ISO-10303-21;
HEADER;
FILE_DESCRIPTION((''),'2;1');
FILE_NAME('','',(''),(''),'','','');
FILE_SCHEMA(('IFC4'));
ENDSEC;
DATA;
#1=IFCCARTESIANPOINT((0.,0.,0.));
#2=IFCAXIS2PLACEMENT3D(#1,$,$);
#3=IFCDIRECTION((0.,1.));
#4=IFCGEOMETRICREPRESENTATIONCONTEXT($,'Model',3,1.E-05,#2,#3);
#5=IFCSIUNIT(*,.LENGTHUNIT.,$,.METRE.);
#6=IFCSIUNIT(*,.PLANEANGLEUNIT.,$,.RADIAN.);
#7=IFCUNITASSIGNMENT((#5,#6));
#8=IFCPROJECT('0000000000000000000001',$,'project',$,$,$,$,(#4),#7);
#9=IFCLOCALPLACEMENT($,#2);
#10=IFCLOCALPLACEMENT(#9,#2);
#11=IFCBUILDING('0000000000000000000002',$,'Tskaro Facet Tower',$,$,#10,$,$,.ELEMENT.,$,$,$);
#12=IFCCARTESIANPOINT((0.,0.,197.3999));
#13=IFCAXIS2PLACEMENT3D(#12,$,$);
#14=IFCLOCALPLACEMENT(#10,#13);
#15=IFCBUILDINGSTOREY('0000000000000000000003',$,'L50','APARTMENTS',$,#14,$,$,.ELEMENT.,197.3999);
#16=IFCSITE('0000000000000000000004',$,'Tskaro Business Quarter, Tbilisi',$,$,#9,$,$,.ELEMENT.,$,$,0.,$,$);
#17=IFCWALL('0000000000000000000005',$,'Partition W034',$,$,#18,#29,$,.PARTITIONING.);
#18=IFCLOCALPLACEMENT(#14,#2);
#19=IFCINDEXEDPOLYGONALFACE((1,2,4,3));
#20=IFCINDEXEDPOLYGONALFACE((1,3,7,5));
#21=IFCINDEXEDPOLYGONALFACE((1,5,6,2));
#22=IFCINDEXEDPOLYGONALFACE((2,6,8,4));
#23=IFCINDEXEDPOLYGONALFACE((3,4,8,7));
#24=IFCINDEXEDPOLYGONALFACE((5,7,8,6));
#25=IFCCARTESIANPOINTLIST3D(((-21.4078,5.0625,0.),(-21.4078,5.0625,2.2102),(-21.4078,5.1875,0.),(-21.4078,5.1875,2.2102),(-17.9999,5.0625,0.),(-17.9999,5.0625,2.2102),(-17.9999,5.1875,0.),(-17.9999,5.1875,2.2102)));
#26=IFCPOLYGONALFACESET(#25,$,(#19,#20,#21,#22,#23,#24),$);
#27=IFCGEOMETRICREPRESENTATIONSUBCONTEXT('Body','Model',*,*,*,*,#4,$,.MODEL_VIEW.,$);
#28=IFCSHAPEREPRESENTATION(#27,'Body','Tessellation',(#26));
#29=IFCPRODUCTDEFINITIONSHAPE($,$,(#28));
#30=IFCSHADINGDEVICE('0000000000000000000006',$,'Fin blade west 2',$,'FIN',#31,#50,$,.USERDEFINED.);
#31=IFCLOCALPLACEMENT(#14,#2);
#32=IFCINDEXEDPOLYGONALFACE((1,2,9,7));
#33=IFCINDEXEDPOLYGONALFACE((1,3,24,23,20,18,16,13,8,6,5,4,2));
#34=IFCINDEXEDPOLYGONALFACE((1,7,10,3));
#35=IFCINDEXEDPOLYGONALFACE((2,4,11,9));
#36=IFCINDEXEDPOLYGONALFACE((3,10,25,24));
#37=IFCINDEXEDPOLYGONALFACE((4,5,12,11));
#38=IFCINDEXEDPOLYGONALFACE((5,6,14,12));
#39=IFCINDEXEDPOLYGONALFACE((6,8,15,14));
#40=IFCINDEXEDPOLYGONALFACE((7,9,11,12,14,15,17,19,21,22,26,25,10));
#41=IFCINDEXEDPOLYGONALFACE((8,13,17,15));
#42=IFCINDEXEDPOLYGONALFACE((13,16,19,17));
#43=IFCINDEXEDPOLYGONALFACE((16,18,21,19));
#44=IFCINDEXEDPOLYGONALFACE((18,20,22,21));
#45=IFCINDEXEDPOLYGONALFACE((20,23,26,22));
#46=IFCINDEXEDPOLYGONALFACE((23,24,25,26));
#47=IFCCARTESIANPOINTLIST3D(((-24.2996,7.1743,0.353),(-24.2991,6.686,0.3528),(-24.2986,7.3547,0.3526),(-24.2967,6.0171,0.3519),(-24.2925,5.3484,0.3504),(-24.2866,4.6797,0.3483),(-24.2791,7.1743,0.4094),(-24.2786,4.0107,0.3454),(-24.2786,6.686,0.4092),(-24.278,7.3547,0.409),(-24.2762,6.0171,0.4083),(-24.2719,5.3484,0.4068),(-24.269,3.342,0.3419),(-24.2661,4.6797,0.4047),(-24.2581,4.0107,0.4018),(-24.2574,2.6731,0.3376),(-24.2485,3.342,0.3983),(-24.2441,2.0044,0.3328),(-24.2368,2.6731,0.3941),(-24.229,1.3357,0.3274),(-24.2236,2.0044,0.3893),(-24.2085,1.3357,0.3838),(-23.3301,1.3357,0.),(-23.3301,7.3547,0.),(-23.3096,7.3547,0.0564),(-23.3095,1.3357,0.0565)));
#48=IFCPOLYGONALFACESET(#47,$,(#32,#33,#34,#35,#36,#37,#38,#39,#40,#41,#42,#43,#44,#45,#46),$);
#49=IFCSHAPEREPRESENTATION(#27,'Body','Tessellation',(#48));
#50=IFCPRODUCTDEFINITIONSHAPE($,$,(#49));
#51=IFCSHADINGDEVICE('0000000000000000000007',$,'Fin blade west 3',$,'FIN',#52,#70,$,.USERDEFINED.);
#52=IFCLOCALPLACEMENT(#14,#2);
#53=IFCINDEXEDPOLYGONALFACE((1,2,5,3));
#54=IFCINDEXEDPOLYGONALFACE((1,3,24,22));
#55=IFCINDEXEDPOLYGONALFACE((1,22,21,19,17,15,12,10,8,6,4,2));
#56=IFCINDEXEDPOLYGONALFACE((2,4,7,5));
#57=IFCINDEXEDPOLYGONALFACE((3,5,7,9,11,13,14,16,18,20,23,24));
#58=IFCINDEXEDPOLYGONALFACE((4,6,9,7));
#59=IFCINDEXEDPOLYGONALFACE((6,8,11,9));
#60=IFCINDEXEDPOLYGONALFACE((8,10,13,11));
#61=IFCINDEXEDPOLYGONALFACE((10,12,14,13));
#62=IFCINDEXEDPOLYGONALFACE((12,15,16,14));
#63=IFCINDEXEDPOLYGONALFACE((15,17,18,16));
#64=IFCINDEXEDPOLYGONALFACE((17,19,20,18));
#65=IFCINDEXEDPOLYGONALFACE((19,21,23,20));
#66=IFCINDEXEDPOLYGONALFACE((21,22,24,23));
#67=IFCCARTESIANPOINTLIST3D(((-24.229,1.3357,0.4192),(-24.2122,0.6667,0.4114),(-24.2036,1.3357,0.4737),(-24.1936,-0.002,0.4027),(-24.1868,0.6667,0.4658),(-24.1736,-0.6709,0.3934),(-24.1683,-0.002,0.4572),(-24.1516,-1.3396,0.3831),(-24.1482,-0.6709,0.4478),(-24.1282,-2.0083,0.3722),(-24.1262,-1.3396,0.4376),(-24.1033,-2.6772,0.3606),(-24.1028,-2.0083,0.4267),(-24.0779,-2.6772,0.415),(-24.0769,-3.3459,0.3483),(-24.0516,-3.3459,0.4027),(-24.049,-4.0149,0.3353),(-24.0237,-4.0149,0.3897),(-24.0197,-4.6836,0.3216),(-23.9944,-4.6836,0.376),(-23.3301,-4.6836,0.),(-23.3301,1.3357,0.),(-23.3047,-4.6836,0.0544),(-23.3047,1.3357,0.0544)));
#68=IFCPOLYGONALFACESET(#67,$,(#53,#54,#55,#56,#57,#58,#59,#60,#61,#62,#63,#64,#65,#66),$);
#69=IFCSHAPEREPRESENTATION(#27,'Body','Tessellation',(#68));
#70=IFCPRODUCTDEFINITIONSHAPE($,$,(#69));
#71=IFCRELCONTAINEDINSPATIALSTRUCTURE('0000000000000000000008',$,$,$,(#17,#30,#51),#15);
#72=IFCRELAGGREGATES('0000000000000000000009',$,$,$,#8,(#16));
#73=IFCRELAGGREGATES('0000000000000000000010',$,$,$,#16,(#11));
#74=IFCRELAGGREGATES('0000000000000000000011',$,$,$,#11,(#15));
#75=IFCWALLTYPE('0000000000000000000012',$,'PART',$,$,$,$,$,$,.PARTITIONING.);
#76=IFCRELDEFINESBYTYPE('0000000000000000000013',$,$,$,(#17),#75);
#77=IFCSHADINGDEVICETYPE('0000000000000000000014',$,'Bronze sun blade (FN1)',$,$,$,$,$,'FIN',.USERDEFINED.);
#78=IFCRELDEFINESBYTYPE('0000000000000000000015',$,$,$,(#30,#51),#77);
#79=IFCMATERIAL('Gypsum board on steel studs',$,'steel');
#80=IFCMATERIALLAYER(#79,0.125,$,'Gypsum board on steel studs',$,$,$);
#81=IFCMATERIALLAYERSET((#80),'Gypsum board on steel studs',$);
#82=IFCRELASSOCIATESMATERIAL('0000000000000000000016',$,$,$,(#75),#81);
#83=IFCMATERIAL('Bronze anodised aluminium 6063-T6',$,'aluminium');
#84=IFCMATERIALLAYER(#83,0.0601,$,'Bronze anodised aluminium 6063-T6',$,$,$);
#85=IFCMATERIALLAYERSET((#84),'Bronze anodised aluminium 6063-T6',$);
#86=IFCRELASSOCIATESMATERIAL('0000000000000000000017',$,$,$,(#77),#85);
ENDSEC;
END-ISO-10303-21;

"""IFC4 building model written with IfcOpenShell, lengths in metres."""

from ifc_helpers import new_model, si_unit, direction, frame, frame_2d, origin, place, context, subcontext, project, spatial, polyline, rectangle, outline, extrude, material, layer, layer_set, type_object, element, save


model = new_model("IFC4")

# Units and contexts
model_context = context("Model", 3, precision=1e-05, world=origin(), true_north=direction((0.0, 1.0)))
body_context = subcontext(model_context, "Body", "Model", "MODEL_VIEW")
ifc_project = project(units=[si_unit("LENGTHUNIT", "METRE"), si_unit("PLANEANGLEUNIT", "RADIAN")], contexts=[model_context])

# Site, building, storey
site_placement = place(None, origin())
site = spatial("IfcSite", under=ifc_project, at=site_placement, Name="Tskaro Business Quarter, Tbilisi", CompositionType="ELEMENT", RefElevation=0.0)
building_placement = place(site_placement, origin())
building = spatial("IfcBuilding", under=site, at=building_placement, Name="Tskaro Facet Tower", CompositionType="ELEMENT")
storey_placement = place(building_placement, frame((0.0, 0.0, 197.3999)))
storey = spatial("IfcBuildingStorey", under=building, at=storey_placement, Name="L50", Description="APARTMENTS", CompositionType="ELEMENT", Elevation=197.3999)

# Shared definitions
ifc_material_1 = material(Name="Bronze anodised aluminium 6063-T6", Category="aluminium")

# Shared definitions
ifc_material_2 = material(Name="Gypsum board on steel studs", Category="steel")
ifc_layer_1 = layer(ifc_material_2, 0.125, Name="Gypsum board on steel studs")
ifc_layer_set_1 = layer_set([ifc_layer_1], Name="Gypsum board on steel studs")
wall_type = type_object("IfcWallType", Name="PART", PredefinedType="PARTITIONING", material=ifc_layer_set_1)

# Wall
wall_1_placement = place(storey_placement, frame((-21.408, 5.125, 0.0), z_axis=(0.0, 0.0, 1.0), x_axis=(1.0, 0.0, 0.0)))
element("IfcWall", 1, at=wall_1_placement, inside=storey, type_object=wall_type, Name="Partition W034", PredefinedType="PARTITIONING", context=body_context, shape_type="SweptSolid", body=[
    extrude(rectangle(XDim=3.408, YDim=0.125, at=frame_2d((1.7041, 0.0))), origin(), (0.0, 0.0, 1.0), 2.2102),
])

# Shading devices
ifc_layer_2 = layer(ifc_material_1, 0.0601, Name="Bronze anodised aluminium 6063-T6")
ifc_layer_set_2 = layer_set([ifc_layer_2], Name="Bronze anodised aluminium 6063-T6")
shading_device_type = type_object("IfcShadingDeviceType", Name="Bronze sun blade (FN1)", ElementType="FIN", PredefinedType="USERDEFINED", material=ifc_layer_set_2)
shading_device_1_placement = place(storey_placement, frame((-23.3096, 7.3547, 0.0564), z_axis=(0.342126, 0.000014, 0.939654), x_axis=(0.000005, -1.0, 0.000014)))
element("IfcShadingDevice", 2, at=shading_device_1_placement, inside=storey, type_object=shading_device_type, Name="Fin blade west 2", ObjectType="FIN", PredefinedType="USERDEFINED", context=body_context, shape_type="SweptSolid", body=[
    extrude(outline(polyline([(0.0, 0.0), (6.019, 0.0), (6.019, -0.9567), (5.3503, -0.9727), (4.6816, -0.9868), (4.0127, -0.9992), (3.344, -1.0094), (2.675, -1.0179), (2.0063, -1.0242), (1.3376, -1.0287), (0.6687, -1.0312), (0.1804, -1.0318), (0.0, -1.0307), (0.0, 0.0)])), origin(), (0.0, 0.0, -1.0), 0.0601),
])
shading_device_2_placement = place(storey_placement, frame((-23.3047, 1.3357, 0.0544), z_axis=(0.42266, -0.000005, 0.906288), x_axis=(-0.000002, -1.0, -0.000004)))
element("IfcShadingDevice", 3, at=shading_device_2_placement, inside=storey, type_object=shading_device_type, Name="Fin blade west 3", ObjectType="FIN", PredefinedType="USERDEFINED", context=body_context, shape_type="SweptSolid", body=[
    extrude(outline(polyline([(0.0, 0.0), (6.0193, 0.0), (6.0193, -0.761), (5.3506, -0.7933), (4.6816, -0.8241), (4.0129, -0.8531), (3.344, -0.8807), (2.6753, -0.9064), (2.0066, -0.9307), (1.3376, -0.9529), (0.6689, -0.9733), (0.0, -0.9919), (0.0, 0.0)])), origin(), (0.0, 0.0, -1.0), 0.0601),
])

save(model, "model.ifc")
